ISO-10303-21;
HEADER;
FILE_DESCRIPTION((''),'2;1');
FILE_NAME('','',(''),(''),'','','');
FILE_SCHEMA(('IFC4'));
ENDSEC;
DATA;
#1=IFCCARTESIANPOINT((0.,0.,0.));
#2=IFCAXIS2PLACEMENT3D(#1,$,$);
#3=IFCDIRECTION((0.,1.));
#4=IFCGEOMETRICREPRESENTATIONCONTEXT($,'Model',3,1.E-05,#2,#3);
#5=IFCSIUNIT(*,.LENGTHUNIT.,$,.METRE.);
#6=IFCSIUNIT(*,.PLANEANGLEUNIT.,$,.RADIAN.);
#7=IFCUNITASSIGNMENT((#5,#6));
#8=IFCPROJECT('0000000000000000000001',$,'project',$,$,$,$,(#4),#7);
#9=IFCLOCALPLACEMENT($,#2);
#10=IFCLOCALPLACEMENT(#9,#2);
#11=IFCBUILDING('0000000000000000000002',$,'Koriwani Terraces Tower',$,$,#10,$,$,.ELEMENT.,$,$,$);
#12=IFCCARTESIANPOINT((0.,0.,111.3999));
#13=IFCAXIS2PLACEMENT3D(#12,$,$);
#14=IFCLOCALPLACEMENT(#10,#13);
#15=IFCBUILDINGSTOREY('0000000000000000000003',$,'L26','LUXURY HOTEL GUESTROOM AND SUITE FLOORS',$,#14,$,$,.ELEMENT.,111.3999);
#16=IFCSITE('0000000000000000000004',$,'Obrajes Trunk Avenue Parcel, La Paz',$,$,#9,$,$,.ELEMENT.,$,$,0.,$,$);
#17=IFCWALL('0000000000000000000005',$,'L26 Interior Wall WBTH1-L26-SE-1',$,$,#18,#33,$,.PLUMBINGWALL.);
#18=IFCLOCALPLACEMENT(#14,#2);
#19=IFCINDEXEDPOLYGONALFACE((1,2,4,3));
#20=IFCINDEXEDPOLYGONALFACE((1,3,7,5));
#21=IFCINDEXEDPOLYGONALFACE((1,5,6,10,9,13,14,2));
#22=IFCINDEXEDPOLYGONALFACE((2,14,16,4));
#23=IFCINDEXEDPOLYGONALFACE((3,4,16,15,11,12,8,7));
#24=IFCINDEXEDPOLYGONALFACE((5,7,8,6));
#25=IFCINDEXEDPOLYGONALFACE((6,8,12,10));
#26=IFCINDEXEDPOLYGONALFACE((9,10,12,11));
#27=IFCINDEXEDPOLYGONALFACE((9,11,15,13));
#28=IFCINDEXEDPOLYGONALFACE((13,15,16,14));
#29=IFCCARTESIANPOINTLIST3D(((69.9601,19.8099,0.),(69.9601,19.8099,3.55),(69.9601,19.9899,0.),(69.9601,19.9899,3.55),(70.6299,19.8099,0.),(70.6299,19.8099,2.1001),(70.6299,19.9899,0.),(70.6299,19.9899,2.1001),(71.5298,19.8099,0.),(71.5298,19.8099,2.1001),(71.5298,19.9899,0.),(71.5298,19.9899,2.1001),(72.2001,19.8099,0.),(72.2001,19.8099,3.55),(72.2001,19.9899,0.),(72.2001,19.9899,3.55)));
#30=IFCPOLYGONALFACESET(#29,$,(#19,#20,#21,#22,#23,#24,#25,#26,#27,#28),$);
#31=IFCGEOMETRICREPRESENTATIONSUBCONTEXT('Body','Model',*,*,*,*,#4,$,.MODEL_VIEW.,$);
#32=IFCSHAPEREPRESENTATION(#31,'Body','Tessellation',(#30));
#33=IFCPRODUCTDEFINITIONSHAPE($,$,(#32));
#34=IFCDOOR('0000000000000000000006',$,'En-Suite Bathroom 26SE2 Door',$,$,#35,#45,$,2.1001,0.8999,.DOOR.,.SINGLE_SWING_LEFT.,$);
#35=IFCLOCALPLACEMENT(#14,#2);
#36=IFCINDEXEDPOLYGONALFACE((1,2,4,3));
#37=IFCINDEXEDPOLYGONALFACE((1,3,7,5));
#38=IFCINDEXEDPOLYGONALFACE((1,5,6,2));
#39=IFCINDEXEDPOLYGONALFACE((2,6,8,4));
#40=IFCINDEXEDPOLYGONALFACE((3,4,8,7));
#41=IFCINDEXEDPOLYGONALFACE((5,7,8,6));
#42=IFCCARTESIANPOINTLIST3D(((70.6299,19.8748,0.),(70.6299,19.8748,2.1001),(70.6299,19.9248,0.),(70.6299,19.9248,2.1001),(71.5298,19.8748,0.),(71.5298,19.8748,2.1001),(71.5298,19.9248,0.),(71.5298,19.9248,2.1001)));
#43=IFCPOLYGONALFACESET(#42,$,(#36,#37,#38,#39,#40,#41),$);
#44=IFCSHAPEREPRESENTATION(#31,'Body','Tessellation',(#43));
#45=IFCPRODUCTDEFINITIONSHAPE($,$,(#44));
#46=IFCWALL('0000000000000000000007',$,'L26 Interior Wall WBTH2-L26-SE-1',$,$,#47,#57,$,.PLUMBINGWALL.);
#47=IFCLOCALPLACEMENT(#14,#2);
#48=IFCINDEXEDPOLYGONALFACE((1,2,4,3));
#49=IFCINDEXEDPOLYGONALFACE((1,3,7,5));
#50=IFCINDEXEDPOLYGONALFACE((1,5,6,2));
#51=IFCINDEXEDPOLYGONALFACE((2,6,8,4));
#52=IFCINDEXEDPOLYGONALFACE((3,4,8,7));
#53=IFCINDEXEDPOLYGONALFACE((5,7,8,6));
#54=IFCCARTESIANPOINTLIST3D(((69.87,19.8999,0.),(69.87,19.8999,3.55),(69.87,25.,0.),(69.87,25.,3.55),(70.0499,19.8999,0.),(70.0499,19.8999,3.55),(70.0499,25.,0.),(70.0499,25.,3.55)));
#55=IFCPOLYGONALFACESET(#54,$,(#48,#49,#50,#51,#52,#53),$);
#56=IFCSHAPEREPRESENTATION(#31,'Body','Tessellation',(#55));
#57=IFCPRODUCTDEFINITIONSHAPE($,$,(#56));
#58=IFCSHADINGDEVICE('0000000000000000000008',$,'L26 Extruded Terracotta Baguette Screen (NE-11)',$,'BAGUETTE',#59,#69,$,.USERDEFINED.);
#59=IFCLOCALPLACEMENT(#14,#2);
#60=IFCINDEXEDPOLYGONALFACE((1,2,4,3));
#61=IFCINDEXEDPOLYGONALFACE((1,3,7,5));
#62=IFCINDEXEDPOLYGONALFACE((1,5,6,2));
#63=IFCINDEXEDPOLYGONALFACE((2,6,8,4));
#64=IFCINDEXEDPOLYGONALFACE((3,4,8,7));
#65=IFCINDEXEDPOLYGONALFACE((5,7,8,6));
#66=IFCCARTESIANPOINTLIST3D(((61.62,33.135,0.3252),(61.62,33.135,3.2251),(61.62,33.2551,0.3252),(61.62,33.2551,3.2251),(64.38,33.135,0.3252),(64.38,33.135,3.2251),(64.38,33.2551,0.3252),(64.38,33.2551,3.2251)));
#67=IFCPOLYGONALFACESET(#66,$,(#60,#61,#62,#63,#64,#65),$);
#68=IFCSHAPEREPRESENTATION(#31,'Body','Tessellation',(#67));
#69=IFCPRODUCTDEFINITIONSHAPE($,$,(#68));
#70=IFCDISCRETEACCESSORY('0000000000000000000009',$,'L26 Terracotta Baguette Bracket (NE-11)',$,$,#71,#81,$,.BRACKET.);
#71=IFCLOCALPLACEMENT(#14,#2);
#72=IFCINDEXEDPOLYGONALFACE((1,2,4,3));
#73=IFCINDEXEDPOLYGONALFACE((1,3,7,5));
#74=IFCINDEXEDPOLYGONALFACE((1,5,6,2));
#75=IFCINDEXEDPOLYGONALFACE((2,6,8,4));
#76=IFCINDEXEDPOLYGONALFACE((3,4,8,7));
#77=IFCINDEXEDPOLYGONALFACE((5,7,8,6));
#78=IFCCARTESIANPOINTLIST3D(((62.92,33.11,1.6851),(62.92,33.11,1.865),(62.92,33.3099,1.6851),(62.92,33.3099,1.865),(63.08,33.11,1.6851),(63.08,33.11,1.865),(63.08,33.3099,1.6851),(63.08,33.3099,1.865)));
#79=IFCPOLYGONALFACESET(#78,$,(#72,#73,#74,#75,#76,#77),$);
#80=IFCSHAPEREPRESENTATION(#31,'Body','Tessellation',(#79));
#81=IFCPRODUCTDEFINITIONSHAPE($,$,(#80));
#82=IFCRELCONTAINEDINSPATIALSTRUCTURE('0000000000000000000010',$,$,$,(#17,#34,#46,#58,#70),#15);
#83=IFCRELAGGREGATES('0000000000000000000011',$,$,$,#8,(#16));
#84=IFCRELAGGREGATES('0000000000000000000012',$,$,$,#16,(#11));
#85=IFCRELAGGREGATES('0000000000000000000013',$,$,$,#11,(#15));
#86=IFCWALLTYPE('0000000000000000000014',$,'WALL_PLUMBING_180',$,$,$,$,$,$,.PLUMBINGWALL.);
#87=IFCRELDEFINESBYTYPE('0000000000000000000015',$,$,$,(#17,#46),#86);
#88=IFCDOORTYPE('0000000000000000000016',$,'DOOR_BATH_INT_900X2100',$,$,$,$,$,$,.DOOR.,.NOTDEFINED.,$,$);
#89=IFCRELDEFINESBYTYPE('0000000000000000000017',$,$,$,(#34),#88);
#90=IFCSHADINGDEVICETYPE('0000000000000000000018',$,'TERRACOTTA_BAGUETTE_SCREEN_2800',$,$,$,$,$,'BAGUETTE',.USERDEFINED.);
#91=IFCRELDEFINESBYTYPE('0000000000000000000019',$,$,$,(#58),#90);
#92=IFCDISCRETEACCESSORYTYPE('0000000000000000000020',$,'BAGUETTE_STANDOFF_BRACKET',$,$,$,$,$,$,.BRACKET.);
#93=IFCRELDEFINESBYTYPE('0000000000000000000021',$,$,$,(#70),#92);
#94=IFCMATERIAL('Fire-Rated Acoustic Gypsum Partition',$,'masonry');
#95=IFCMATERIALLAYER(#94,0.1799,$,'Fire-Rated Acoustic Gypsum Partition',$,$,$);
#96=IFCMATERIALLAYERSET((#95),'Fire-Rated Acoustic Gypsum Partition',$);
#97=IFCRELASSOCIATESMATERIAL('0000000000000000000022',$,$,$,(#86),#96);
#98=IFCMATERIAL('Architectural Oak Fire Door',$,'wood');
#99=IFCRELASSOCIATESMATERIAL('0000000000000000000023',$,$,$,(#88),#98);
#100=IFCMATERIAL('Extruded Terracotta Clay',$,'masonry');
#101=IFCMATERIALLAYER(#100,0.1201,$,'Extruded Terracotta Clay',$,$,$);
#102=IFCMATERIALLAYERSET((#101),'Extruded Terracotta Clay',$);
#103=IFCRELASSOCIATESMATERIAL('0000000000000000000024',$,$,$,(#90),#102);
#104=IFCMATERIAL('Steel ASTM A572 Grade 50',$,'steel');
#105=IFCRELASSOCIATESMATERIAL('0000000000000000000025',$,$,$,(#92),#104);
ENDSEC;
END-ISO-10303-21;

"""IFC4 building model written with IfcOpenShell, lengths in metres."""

from ifc_helpers import new_model, si_unit, direction, frame, frame_2d, origin, origin_2d, place, context, subcontext, project, spatial, rectangle, extrude, material, layer, layer_set, type_object, element, fill, save


model = new_model("IFC4")

# Units and contexts
model_context = context("Model", 3, precision=1e-05, world=origin(), true_north=direction((0.0, 1.0)))
body_context = subcontext(model_context, "Body", "Model", "MODEL_VIEW")
ifc_project = project(units=[si_unit("LENGTHUNIT", "METRE"), si_unit("PLANEANGLEUNIT", "RADIAN")], contexts=[model_context])

# Site, building, storey
site_placement = place(None, origin())
site = spatial("IfcSite", under=ifc_project, at=site_placement, Name="Obrajes Trunk Avenue Parcel, La Paz", CompositionType="ELEMENT", RefElevation=0.0)
building_placement = place(site_placement, origin())
building = spatial("IfcBuilding", under=site, at=building_placement, Name="Koriwani Terraces Tower", CompositionType="ELEMENT")
storey_placement = place(building_placement, frame((0.0, 0.0, 111.3999)))
storey = spatial("IfcBuildingStorey", under=building, at=storey_placement, Name="L26", Description="LUXURY HOTEL GUESTROOM AND SUITE FLOORS", CompositionType="ELEMENT", Elevation=111.3999)

# Shared definitions
ifc_material_1 = material(Name="Steel ASTM A572 Grade 50", Category="steel")

# Shared definitions
ifc_material_2 = material(Name="Architectural Oak Fire Door", Category="wood")

# Shared definitions
ifc_material_3 = material(Name="Fire-Rated Acoustic Gypsum Partition", Category="masonry")
ifc_layer_1 = layer(ifc_material_3, 0.1799, Name="Fire-Rated Acoustic Gypsum Partition")
ifc_layer_set_1 = layer_set([ifc_layer_1], Name="Fire-Rated Acoustic Gypsum Partition")
wall_type_1 = type_object("IfcWallType", Name="WALL_PLUMBING_180", PredefinedType="PLUMBINGWALL", material=ifc_layer_set_1)

# Wall, opening, door
wall_1_placement = place(storey_placement, frame((69.96, 19.8999, 0.0), z_axis=(0.0, 0.0, 1.0), x_axis=(1.0, 0.0, 0.0)))
wall_1 = element("IfcWall", 1, at=wall_1_placement, inside=storey, type_object=wall_type_1, Name="L26 Interior Wall WBTH1-L26-SE-1", PredefinedType="PLUMBINGWALL", context=body_context, shape_type="SweptSolid", body=[
    extrude(rectangle(XDim=2.24, YDim=0.1799, at=frame_2d((1.1201, 0.0))), origin(), (0.0, 0.0, 1.0), 3.55),
])
opening_1_placement = place(wall_1_placement, frame((0.6699, 0.0, 0.0)))
opening_1 = element("IfcOpeningElement", 2, at=opening_1_placement, cuts=wall_1, PredefinedType="OPENING", context=body_context, shape_type="SweptSolid", body=[
    extrude(rectangle(XDim=0.8999, YDim=2.1001, at=frame_2d((0.45, 1.05))), frame((0.0, 0.1001, 0.0), z_axis=(0.0, -1.0, 0.0), x_axis=(1.0, 0.0, 0.0)), (0.0, 0.0, 1.0), 0.2),
])
door_type_1 = type_object("IfcDoorType", Name="DOOR_BATH_INT_900X2100", OperationType="NOTDEFINED", PredefinedType="DOOR", material=ifc_material_2)
door_1_placement = place(opening_1_placement, origin())
door_1 = element("IfcDoor", 3, at=door_1_placement, inside=storey, type_object=door_type_1, Name="En-Suite Bathroom 26SE2 Door", OperationType="SINGLE_SWING_LEFT", OverallHeight=2.1001, OverallWidth=0.8999, PredefinedType="DOOR", context=body_context, shape_type="SweptSolid", body=[
    extrude(rectangle(XDim=0.8999, YDim=2.1001, at=frame_2d((0.45, 1.05))), frame((0.0, 0.0249, 0.0), z_axis=(0.0, -1.0, 0.0), x_axis=(1.0, 0.0, 0.0)), (0.0, 0.0, 1.0), 0.05),
])
fill(opening_1, door_1)

# Wall
wall_2_placement = place(storey_placement, frame((69.96, 19.8999, 0.0), z_axis=(0.0, 0.0, 1.0), x_axis=(0.0, 1.0, 0.0)))
element("IfcWall", 4, at=wall_2_placement, inside=storey, type_object=wall_type_1, Name="L26 Interior Wall WBTH2-L26-SE-1", PredefinedType="PLUMBINGWALL", context=body_context, shape_type="SweptSolid", body=[
    extrude(rectangle(XDim=5.1001, YDim=0.1799, at=frame_2d((2.55, 0.0))), origin(), (0.0, 0.0, 1.0), 3.55),
])

# Shading device
ifc_material_4 = material(Name="Extruded Terracotta Clay", Category="masonry")
ifc_layer_2 = layer(ifc_material_4, 0.1201, Name="Extruded Terracotta Clay")
ifc_layer_set_2 = layer_set([ifc_layer_2], Name="Extruded Terracotta Clay")
shading_device_type = type_object("IfcShadingDeviceType", Name="TERRACOTTA_BAGUETTE_SCREEN_2800", ElementType="BAGUETTE", PredefinedType="USERDEFINED", material=ifc_layer_set_2)
shading_device_placement = place(storey_placement, frame((63.0, 33.1951, 0.3252), z_axis=(0.0, 0.0, 1.0), x_axis=(1.0, 0.0, 0.0)))
element("IfcShadingDevice", 5, at=shading_device_placement, inside=storey, type_object=shading_device_type, Name="L26 Extruded Terracotta Baguette Screen (NE-11)", ObjectType="BAGUETTE", PredefinedType="USERDEFINED", context=body_context, shape_type="SweptSolid", body=[
    extrude(rectangle(XDim=2.76, YDim=0.1201, at=origin_2d()), origin(), (0.0, 0.0, 1.0), 2.8999),
])

# Discrete accessory
discrete_accessory_type = type_object("IfcDiscreteAccessoryType", Name="BAGUETTE_STANDOFF_BRACKET", PredefinedType="BRACKET", material=ifc_material_1)
discrete_accessory_placement = place(storey_placement, frame((63.0, 33.21, 1.6851), z_axis=(0.0, 0.0, 1.0), x_axis=(1.0, 0.0, 0.0)))
element("IfcDiscreteAccessory", 6, at=discrete_accessory_placement, inside=storey, type_object=discrete_accessory_type, Name="L26 Terracotta Baguette Bracket (NE-11)", PredefinedType="BRACKET", context=body_context, shape_type="SweptSolid", body=[
    extrude(rectangle(XDim=0.1599, YDim=0.2, at=origin_2d()), origin(), (0.0, 0.0, 1.0), 0.1799),
])

save(model, "model.ifc")
